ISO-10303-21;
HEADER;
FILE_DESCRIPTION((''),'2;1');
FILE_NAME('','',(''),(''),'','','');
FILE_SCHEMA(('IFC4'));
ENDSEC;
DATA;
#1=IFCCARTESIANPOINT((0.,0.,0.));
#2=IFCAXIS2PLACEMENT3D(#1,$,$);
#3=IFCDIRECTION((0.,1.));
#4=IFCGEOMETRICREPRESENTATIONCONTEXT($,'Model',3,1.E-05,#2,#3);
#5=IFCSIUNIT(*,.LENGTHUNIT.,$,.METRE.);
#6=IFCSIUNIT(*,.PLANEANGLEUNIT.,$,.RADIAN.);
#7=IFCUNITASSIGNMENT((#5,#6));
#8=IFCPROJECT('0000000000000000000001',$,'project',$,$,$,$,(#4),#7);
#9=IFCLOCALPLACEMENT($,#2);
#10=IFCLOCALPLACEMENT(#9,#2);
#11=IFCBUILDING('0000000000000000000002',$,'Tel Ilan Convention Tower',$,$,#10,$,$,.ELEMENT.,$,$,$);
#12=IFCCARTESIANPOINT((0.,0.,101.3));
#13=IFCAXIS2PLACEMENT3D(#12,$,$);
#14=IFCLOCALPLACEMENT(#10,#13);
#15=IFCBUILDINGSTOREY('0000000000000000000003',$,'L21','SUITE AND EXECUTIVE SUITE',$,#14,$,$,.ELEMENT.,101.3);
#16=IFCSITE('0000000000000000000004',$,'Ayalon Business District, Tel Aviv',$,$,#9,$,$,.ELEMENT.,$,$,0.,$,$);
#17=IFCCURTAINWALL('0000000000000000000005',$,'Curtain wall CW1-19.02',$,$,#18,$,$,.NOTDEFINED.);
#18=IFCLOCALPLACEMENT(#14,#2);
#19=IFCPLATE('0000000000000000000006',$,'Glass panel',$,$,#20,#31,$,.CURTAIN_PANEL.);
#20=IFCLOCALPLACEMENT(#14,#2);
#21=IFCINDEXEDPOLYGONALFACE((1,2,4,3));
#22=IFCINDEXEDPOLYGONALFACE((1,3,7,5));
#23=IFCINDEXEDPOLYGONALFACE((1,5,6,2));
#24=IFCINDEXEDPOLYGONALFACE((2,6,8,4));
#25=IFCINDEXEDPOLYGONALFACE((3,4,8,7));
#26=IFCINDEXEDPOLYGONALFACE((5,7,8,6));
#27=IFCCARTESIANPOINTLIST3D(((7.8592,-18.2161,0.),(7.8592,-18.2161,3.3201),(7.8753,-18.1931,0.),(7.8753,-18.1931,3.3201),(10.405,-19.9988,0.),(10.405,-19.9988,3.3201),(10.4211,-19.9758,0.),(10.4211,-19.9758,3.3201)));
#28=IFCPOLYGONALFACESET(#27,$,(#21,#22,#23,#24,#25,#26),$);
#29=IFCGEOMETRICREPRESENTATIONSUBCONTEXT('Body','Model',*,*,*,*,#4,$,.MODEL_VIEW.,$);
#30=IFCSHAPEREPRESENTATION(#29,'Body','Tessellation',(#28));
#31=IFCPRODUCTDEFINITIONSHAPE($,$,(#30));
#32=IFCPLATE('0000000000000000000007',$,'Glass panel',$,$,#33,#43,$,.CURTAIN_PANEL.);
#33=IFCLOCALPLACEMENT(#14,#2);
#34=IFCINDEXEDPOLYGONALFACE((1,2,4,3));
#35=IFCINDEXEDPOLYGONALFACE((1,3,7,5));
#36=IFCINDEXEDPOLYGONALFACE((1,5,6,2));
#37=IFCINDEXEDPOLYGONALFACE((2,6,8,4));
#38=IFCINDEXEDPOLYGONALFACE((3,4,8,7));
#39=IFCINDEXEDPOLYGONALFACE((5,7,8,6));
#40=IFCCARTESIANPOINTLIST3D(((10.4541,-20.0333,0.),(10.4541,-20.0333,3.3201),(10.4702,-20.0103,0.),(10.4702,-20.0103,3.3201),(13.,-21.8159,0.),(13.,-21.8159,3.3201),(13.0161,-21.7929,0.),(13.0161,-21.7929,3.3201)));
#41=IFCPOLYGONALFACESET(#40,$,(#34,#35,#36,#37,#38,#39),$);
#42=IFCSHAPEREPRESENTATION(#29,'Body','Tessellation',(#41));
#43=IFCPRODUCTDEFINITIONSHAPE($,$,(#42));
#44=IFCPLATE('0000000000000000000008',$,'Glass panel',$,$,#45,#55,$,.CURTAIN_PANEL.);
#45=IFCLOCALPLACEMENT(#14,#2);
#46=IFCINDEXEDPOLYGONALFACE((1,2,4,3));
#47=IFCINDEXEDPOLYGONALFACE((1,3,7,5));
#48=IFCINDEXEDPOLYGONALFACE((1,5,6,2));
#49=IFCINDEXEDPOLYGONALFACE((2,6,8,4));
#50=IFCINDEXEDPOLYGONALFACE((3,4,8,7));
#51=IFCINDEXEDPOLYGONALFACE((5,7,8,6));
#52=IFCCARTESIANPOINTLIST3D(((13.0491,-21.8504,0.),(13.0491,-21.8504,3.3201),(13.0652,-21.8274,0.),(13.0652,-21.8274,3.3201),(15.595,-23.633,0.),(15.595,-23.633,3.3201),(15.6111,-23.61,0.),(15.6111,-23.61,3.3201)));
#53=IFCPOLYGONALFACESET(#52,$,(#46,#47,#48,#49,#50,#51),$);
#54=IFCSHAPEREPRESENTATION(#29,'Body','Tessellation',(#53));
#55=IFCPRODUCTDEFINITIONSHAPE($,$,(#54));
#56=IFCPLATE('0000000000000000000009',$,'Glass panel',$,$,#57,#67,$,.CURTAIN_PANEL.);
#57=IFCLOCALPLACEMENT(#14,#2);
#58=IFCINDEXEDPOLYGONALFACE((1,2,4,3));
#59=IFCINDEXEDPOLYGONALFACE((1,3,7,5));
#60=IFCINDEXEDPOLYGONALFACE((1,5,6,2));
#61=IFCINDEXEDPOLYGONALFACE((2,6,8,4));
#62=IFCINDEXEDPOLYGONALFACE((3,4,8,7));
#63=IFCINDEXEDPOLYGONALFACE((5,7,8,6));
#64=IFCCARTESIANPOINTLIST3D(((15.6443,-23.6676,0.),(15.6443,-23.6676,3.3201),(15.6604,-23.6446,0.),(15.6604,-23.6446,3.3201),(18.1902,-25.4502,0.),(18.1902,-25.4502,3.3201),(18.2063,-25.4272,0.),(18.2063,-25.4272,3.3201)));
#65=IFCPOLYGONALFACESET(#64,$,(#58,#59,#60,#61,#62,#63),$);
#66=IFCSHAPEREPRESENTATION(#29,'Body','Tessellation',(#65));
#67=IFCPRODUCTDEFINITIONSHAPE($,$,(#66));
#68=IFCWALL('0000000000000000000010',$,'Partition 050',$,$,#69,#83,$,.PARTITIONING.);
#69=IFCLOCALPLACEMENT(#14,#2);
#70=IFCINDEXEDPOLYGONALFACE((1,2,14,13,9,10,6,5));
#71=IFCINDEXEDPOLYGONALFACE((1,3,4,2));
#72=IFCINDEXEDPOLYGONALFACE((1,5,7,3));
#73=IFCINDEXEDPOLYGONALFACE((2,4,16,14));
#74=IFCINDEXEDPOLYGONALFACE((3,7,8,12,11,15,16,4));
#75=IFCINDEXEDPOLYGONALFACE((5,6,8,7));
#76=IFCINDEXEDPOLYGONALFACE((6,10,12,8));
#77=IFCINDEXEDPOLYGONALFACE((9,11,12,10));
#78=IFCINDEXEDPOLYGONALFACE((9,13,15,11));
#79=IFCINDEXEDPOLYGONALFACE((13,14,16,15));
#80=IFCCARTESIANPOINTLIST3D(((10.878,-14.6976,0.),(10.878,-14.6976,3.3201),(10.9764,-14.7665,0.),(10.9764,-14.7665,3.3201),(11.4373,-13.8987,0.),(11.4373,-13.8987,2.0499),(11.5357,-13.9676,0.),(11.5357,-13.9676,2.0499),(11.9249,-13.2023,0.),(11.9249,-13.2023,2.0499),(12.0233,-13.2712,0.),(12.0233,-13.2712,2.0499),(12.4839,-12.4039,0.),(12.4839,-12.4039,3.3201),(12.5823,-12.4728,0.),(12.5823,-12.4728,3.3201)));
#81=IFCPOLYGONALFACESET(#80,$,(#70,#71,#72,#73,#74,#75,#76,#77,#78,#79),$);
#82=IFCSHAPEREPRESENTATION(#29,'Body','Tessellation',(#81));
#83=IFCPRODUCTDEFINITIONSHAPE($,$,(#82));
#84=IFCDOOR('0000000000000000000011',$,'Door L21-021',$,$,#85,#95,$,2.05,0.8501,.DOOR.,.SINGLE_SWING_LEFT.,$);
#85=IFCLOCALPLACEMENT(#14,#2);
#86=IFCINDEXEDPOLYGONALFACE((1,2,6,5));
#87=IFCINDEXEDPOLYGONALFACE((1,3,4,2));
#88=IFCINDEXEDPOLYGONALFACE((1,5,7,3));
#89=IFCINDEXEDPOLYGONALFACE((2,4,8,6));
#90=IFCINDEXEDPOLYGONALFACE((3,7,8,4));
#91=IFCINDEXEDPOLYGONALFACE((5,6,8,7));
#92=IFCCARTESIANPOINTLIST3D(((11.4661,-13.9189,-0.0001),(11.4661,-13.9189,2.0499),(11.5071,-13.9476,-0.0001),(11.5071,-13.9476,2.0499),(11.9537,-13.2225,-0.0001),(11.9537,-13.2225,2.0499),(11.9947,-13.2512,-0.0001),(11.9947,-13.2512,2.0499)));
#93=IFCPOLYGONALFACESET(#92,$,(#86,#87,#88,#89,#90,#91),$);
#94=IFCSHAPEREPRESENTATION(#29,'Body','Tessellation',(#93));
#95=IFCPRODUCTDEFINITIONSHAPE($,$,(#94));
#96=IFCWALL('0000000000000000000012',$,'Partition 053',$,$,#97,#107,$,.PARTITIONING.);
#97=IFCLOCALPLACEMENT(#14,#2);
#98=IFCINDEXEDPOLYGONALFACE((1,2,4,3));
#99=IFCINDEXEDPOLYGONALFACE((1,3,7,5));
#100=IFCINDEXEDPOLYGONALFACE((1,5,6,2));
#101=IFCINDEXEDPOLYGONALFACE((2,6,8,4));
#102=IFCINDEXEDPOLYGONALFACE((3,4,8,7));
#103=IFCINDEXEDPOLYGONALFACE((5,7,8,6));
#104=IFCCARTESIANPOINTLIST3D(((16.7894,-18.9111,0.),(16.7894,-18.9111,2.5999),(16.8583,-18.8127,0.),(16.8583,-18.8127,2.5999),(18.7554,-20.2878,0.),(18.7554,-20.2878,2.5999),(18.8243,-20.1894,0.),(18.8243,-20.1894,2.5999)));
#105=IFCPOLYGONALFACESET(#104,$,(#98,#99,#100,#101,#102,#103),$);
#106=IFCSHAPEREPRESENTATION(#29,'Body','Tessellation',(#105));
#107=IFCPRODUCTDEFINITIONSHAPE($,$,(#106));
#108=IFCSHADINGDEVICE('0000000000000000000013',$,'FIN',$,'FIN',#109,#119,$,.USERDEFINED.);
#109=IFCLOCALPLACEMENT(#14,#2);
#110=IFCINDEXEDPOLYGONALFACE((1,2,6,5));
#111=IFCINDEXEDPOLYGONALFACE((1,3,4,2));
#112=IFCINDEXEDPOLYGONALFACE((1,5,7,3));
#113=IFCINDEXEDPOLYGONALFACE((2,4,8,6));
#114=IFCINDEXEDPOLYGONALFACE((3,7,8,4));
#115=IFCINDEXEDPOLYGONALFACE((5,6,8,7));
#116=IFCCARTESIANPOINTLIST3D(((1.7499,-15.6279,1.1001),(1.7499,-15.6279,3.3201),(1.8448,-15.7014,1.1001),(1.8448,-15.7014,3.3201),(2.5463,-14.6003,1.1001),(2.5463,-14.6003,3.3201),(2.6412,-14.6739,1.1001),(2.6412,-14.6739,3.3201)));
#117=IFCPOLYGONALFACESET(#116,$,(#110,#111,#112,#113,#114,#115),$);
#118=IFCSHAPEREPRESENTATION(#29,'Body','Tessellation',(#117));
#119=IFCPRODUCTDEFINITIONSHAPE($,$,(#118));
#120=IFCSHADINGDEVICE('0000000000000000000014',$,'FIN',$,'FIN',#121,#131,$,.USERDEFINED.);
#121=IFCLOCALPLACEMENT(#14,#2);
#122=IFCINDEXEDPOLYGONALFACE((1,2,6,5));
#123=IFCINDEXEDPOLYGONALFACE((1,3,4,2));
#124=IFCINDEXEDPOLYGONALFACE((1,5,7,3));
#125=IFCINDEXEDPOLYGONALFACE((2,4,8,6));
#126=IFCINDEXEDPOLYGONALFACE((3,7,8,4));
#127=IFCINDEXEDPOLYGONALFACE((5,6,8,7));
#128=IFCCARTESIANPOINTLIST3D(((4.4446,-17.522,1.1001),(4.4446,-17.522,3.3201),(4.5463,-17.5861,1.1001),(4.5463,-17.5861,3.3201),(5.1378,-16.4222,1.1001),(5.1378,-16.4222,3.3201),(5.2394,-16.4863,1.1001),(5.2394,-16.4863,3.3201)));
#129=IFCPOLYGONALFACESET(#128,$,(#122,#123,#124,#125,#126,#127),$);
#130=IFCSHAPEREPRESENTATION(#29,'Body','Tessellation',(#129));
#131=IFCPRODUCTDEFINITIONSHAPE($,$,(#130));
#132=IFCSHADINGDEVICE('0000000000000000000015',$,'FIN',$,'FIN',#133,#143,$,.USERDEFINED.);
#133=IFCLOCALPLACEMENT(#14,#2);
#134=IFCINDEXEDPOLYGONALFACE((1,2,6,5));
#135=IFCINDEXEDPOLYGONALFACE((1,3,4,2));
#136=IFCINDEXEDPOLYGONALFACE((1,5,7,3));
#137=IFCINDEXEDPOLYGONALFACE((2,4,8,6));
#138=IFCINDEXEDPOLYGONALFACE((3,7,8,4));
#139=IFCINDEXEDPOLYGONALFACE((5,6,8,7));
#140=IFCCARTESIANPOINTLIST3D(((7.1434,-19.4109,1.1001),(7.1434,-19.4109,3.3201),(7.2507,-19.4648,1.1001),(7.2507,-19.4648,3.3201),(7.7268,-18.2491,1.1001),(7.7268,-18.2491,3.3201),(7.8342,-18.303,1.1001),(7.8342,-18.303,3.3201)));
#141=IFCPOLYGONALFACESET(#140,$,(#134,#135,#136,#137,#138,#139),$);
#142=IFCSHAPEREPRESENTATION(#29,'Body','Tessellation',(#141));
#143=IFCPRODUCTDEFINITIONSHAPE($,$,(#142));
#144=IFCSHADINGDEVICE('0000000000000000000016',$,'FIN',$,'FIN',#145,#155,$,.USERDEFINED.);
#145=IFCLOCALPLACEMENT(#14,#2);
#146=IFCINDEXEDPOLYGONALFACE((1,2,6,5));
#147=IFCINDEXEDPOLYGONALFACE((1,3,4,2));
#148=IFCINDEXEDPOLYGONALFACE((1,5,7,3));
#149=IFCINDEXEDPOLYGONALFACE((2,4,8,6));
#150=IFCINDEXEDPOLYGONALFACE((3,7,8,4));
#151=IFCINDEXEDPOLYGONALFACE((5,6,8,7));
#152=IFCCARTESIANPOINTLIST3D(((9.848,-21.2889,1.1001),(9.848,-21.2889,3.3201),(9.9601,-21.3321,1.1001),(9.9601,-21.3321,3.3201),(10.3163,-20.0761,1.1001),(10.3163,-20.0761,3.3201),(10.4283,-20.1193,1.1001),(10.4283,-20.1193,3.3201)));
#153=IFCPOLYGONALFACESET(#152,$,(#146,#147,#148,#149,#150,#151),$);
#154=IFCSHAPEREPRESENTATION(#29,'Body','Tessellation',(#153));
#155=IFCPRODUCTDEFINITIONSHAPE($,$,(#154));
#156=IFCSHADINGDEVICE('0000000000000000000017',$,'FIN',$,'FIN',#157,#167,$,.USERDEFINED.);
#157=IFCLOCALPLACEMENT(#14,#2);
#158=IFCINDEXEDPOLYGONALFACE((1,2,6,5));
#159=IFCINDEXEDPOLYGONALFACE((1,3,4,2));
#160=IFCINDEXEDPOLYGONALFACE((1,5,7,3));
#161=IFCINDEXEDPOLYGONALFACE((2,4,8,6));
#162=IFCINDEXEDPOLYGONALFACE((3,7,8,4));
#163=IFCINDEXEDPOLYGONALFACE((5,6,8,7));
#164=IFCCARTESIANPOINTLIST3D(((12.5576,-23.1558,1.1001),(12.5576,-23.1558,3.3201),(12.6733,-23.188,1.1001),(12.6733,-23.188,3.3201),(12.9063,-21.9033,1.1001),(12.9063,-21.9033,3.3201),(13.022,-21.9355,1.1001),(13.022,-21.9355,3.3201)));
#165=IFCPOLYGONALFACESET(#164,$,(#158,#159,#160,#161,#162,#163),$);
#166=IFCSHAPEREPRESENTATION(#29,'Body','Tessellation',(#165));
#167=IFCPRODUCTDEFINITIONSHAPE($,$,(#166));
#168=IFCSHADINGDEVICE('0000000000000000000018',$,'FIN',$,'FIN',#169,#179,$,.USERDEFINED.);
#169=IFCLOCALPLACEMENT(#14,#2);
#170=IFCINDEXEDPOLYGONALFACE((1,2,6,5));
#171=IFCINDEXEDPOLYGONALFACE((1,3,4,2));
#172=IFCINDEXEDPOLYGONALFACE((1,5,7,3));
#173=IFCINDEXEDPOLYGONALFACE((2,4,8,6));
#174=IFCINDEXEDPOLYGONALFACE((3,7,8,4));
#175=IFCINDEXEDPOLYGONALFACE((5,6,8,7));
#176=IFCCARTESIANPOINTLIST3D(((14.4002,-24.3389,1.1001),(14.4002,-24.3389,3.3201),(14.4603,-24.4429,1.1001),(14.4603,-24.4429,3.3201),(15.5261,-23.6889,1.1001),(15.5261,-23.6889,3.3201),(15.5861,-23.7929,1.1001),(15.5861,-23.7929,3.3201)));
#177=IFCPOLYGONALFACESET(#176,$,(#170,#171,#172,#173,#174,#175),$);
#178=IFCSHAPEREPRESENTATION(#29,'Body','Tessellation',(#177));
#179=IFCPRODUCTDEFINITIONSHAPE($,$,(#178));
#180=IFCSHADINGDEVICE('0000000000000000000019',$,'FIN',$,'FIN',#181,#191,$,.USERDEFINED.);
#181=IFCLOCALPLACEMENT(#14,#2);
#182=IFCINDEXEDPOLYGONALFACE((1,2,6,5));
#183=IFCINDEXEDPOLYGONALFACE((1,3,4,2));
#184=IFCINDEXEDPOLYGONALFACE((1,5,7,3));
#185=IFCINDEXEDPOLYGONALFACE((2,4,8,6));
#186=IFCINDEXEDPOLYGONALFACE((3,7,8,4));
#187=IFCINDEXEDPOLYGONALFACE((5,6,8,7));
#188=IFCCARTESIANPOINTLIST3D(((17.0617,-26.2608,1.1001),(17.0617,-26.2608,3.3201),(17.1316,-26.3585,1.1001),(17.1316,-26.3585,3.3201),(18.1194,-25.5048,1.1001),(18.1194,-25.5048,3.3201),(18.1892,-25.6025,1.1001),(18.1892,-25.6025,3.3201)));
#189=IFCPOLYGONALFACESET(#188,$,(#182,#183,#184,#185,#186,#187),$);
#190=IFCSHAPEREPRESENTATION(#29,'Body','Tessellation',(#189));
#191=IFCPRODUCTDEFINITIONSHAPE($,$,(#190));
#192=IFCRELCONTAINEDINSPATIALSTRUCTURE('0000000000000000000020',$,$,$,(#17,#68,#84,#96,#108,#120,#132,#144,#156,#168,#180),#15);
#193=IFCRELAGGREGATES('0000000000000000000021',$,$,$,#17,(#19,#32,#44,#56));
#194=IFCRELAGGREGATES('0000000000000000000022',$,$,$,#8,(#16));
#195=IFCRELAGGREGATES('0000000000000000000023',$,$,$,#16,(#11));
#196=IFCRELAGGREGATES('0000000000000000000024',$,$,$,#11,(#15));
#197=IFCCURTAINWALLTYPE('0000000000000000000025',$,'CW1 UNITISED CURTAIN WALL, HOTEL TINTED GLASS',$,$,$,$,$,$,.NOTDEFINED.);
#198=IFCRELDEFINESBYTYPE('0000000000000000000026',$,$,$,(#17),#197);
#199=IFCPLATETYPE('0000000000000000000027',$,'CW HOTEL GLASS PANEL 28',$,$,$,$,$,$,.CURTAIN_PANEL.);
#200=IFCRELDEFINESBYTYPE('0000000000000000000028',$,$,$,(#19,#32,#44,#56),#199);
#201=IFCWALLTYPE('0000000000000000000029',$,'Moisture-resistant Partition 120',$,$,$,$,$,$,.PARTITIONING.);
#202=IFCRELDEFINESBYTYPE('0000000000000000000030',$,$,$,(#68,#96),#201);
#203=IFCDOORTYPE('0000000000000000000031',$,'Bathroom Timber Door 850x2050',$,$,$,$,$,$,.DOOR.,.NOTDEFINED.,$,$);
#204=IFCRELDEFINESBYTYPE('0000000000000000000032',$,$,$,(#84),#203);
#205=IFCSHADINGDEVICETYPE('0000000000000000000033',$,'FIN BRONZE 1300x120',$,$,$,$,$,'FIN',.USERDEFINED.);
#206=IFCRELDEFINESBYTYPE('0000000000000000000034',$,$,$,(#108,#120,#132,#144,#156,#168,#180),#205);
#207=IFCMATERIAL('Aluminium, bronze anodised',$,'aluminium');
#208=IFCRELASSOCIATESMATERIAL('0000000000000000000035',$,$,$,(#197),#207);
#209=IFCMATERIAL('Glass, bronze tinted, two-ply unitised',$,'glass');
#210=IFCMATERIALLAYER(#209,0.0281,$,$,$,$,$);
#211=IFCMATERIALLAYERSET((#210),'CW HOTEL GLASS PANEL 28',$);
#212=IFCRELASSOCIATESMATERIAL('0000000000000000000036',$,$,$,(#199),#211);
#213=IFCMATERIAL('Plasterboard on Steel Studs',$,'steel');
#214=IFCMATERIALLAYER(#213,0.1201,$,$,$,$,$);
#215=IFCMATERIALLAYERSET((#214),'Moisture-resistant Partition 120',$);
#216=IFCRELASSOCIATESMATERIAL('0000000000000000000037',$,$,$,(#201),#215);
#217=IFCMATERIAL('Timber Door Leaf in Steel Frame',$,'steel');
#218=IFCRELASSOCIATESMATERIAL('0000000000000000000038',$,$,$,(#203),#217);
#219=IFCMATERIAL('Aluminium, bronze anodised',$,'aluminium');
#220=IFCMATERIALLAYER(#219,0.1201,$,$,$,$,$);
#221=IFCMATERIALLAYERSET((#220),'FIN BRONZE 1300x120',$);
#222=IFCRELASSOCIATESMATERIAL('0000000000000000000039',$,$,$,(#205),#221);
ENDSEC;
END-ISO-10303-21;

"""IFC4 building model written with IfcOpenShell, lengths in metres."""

from ifc_helpers import new_model, si_unit, direction, frame, frame_2d, origin, origin_2d, place, context, subcontext, project, spatial, rectangle, extrude, material, layer, layer_set, type_object, element, fill, aggregate, save


model = new_model("IFC4")

# Units and contexts
model_context = context("Model", 3, precision=1e-05, world=origin(), true_north=direction((0.0, 1.0)))
body_context = subcontext(model_context, "Body", "Model", "MODEL_VIEW")
ifc_project = project(units=[si_unit("LENGTHUNIT", "METRE"), si_unit("PLANEANGLEUNIT", "RADIAN")], contexts=[model_context])

# Site, building, storey
site_placement = place(None, origin())
site = spatial("IfcSite", under=ifc_project, at=site_placement, Name="Ayalon Business District, Tel Aviv", CompositionType="ELEMENT", RefElevation=0.0)
building_placement = place(site_placement, origin())
building = spatial("IfcBuilding", under=site, at=building_placement, Name="Tel Ilan Convention Tower", CompositionType="ELEMENT")
storey_placement = place(building_placement, frame((0.0, 0.0, 101.3)))
storey = spatial("IfcBuildingStorey", under=building, at=storey_placement, Name="L21", Description="SUITE AND EXECUTIVE SUITE", CompositionType="ELEMENT", Elevation=101.3)

# Curtain wall, plates
ifc_material_1 = material(Name="Aluminium, bronze anodised", Category="aluminium")
curtain_wall_type = type_object("IfcCurtainWallType", Name="CW1 UNITISED CURTAIN WALL, HOTEL TINTED GLASS", PredefinedType="NOTDEFINED", material=ifc_material_1)
curtain_wall_placement = place(storey_placement, origin())
curtain_wall = element("IfcCurtainWall", 1, at=curtain_wall_placement, inside=storey, type_object=curtain_wall_type, Name="Curtain wall CW1-19.02", PredefinedType="NOTDEFINED")
ifc_material_2 = material(Name="Glass, bronze tinted, two-ply unitised", Category="glass")
ifc_layer_1 = layer(ifc_material_2, 0.0281)
ifc_layer_set_1 = layer_set([ifc_layer_1], Name="CW HOTEL GLASS PANEL 28")
plate_type = type_object("IfcPlateType", Name="CW HOTEL GLASS PANEL 28", PredefinedType="CURTAIN_PANEL", material=ifc_layer_set_1)
plate_1_placement = place(storey_placement, frame((9.1401, -19.0959, 0.0), z_axis=(0.0, 0.0, 1.0), x_axis=(0.819152, -0.573576, 0.0)))
plate_1 = element("IfcPlate", 2, at=plate_1_placement, type_object=plate_type, Name="Glass panel", PredefinedType="CURTAIN_PANEL", context=body_context, shape_type="SweptSolid", body=[
    extrude(rectangle(XDim=3.1079, YDim=0.0281, at=origin_2d()), origin(), (0.0, 0.0, 1.0), 3.3201),
])
plate_2_placement = place(storey_placement, frame((11.7351, -20.9131, 0.0), z_axis=(0.0, 0.0, 1.0), x_axis=(0.819152, -0.573576, 0.0)))
plate_2 = element("IfcPlate", 3, at=plate_2_placement, type_object=plate_type, Name="Glass panel", PredefinedType="CURTAIN_PANEL", context=body_context, shape_type="SweptSolid", body=[
    extrude(rectangle(XDim=3.1079, YDim=0.0281, at=origin_2d()), origin(), (0.0, 0.0, 1.0), 3.3201),
])
plate_3_placement = place(storey_placement, frame((14.3301, -22.7302, 0.0), z_axis=(0.0, 0.0, 1.0), x_axis=(0.819152, -0.573576, 0.0)))
plate_3 = element("IfcPlate", 4, at=plate_3_placement, type_object=plate_type, Name="Glass panel", PredefinedType="CURTAIN_PANEL", context=body_context, shape_type="SweptSolid", body=[
    extrude(rectangle(XDim=3.1079, YDim=0.0281, at=origin_2d()), origin(), (0.0, 0.0, 1.0), 3.3201),
])
plate_4_placement = place(storey_placement, frame((16.9253, -24.5474, 0.0), z_axis=(0.0, 0.0, 1.0), x_axis=(0.819152, -0.573576, 0.0)))
plate_4 = element("IfcPlate", 5, at=plate_4_placement, type_object=plate_type, Name="Glass panel", PredefinedType="CURTAIN_PANEL", context=body_context, shape_type="SweptSolid", body=[
    extrude(rectangle(XDim=3.1079, YDim=0.0281, at=origin_2d()), origin(), (0.0, 0.0, 1.0), 3.3201),
])
aggregate(curtain_wall, [plate_1, plate_2, plate_3, plate_4])

# Wall, opening, door
ifc_material_3 = material(Name="Plasterboard on Steel Studs", Category="steel")
ifc_layer_2 = layer(ifc_material_3, 0.1201)
ifc_layer_set_2 = layer_set([ifc_layer_2], Name="Moisture-resistant Partition 120")
wall_type = type_object("IfcWallType", Name="Moisture-resistant Partition 120", PredefinedType="PARTITIONING", material=ifc_layer_set_2)
wall_1_placement = place(storey_placement, frame((10.9272, -14.7319, 0.0), z_axis=(0.0, 0.0, 1.0), x_axis=(0.57355, 0.81917, 0.0)))
wall_1 = element("IfcWall", 6, at=wall_1_placement, inside=storey, type_object=wall_type, Name="Partition 050", PredefinedType="PARTITIONING", context=body_context, shape_type="SweptSolid", body=[
    extrude(rectangle(XDim=2.8, YDim=0.1201, at=frame_2d((1.3999, 0.0))), origin(), (0.0, 0.0, 1.0), 3.3201),
])
opening_placement = place(wall_1_placement, frame((0.9751, 0.0, 0.0)))
opening = element("IfcOpeningElement", 7, at=opening_placement, cuts=wall_1, PredefinedType="OPENING", context=body_context, shape_type="SweptSolid", body=[
    extrude(rectangle(XDim=0.8501, YDim=2.05, at=frame_2d((0.425, 1.0249))), frame((0.0, 0.0701, 0.0), z_axis=(0.0, -1.0, 0.0), x_axis=(1.0, 0.0, 0.0)), (0.0, 0.0, 1.0), 0.1401),
])
ifc_material_4 = material(Name="Timber Door Leaf in Steel Frame", Category="steel")
door_type = type_object("IfcDoorType", Name="Bathroom Timber Door 850x2050", OperationType="NOTDEFINED", PredefinedType="DOOR", material=ifc_material_4)
door_placement = place(opening_placement, origin())
door = element("IfcDoor", 8, at=door_placement, inside=storey, type_object=door_type, Name="Door L21-021", OperationType="SINGLE_SWING_LEFT", OverallHeight=2.05, OverallWidth=0.8501, PredefinedType="DOOR", context=body_context, shape_type="SweptSolid", body=[
    extrude(rectangle(XDim=0.8501, YDim=2.05, at=frame_2d((0.425, 1.0249))), frame((0.0, 0.0249, 0.0), z_axis=(0.0, -1.0, 0.0), x_axis=(1.0, 0.0, 0.0)), (0.0, 0.0, 1.0), 0.05),
])
fill(opening, door)

# Wall
wall_2_placement = place(storey_placement, frame((16.8237, -18.8618, 0.0), z_axis=(0.0, 0.0, 1.0), x_axis=(0.819141, -0.573592, 0.0)))
element("IfcWall", 9, at=wall_2_placement, inside=storey, type_object=wall_type, Name="Partition 053", PredefinedType="PARTITIONING", context=body_context, shape_type="SweptSolid", body=[
    extrude(rectangle(XDim=2.4001, YDim=0.1201, at=frame_2d((1.2002, 0.0))), origin(), (0.0, 0.0, 1.0), 2.5999),
])

# Shading devices
ifc_material_5 = material(Name="Aluminium, bronze anodised", Category="aluminium")
ifc_layer_3 = layer(ifc_material_5, 0.1201)
ifc_layer_set_3 = layer_set([ifc_layer_3], Name="FIN BRONZE 1300x120")
shading_device_type = type_object("IfcShadingDeviceType", Name="FIN BRONZE 1300x120", ElementType="FIN", PredefinedType="USERDEFINED", material=ifc_layer_set_3)
for number, where, z_axis, x_axis, name in (
    (10, (2.1956, -15.1509, 1.1001), (0.0, 0.0, 1.0), (-0.612601, -0.790393, 0.0), "FIN"),
    (11, (4.842, -17.0042, 1.1001), (0.0, 0.0, 1.0), (-0.533204, -0.845986, 0.0), "FIN"),
    (12, (7.4888, -18.8569, 1.1001), (0.0, 0.0, 1.0), (-0.448799, -0.893633, 0.0), "FIN"),
    (13, (10.1382, -20.7041, 1.1001), (0.0, 0.0, 1.0), (-0.360178, -0.932884, 0.0), "FIN"),
    (14, (12.7898, -22.5457, 1.1001), (0.0, 0.0, 1.0), (-0.268173, -0.963371, 0.0), "FIN"),
    (15, (14.9932, -24.0659, 1.1001), (0.0, 0.0, 1.0), (-0.866025, -0.5, 0.0), "FIN"),
    (16, (17.6255, -25.9316, 1.1001), (0.0, 0.0, 1.0), (-0.813552, -0.581492, 0.0), "FIN"),
):
    element("IfcShadingDevice", number, at=place(storey_placement, frame(where, z_axis=z_axis, x_axis=x_axis)), inside=storey, type_object=shading_device_type, Name=name, ObjectType="FIN", PredefinedType="USERDEFINED", context=body_context, shape_type="SweptSolid", body=[
        extrude(rectangle(XDim=1.3, YDim=0.1201, at=origin_2d()), origin(), (0.0, 0.0, 1.0), 2.22),
    ])

save(model, "model.ifc")
